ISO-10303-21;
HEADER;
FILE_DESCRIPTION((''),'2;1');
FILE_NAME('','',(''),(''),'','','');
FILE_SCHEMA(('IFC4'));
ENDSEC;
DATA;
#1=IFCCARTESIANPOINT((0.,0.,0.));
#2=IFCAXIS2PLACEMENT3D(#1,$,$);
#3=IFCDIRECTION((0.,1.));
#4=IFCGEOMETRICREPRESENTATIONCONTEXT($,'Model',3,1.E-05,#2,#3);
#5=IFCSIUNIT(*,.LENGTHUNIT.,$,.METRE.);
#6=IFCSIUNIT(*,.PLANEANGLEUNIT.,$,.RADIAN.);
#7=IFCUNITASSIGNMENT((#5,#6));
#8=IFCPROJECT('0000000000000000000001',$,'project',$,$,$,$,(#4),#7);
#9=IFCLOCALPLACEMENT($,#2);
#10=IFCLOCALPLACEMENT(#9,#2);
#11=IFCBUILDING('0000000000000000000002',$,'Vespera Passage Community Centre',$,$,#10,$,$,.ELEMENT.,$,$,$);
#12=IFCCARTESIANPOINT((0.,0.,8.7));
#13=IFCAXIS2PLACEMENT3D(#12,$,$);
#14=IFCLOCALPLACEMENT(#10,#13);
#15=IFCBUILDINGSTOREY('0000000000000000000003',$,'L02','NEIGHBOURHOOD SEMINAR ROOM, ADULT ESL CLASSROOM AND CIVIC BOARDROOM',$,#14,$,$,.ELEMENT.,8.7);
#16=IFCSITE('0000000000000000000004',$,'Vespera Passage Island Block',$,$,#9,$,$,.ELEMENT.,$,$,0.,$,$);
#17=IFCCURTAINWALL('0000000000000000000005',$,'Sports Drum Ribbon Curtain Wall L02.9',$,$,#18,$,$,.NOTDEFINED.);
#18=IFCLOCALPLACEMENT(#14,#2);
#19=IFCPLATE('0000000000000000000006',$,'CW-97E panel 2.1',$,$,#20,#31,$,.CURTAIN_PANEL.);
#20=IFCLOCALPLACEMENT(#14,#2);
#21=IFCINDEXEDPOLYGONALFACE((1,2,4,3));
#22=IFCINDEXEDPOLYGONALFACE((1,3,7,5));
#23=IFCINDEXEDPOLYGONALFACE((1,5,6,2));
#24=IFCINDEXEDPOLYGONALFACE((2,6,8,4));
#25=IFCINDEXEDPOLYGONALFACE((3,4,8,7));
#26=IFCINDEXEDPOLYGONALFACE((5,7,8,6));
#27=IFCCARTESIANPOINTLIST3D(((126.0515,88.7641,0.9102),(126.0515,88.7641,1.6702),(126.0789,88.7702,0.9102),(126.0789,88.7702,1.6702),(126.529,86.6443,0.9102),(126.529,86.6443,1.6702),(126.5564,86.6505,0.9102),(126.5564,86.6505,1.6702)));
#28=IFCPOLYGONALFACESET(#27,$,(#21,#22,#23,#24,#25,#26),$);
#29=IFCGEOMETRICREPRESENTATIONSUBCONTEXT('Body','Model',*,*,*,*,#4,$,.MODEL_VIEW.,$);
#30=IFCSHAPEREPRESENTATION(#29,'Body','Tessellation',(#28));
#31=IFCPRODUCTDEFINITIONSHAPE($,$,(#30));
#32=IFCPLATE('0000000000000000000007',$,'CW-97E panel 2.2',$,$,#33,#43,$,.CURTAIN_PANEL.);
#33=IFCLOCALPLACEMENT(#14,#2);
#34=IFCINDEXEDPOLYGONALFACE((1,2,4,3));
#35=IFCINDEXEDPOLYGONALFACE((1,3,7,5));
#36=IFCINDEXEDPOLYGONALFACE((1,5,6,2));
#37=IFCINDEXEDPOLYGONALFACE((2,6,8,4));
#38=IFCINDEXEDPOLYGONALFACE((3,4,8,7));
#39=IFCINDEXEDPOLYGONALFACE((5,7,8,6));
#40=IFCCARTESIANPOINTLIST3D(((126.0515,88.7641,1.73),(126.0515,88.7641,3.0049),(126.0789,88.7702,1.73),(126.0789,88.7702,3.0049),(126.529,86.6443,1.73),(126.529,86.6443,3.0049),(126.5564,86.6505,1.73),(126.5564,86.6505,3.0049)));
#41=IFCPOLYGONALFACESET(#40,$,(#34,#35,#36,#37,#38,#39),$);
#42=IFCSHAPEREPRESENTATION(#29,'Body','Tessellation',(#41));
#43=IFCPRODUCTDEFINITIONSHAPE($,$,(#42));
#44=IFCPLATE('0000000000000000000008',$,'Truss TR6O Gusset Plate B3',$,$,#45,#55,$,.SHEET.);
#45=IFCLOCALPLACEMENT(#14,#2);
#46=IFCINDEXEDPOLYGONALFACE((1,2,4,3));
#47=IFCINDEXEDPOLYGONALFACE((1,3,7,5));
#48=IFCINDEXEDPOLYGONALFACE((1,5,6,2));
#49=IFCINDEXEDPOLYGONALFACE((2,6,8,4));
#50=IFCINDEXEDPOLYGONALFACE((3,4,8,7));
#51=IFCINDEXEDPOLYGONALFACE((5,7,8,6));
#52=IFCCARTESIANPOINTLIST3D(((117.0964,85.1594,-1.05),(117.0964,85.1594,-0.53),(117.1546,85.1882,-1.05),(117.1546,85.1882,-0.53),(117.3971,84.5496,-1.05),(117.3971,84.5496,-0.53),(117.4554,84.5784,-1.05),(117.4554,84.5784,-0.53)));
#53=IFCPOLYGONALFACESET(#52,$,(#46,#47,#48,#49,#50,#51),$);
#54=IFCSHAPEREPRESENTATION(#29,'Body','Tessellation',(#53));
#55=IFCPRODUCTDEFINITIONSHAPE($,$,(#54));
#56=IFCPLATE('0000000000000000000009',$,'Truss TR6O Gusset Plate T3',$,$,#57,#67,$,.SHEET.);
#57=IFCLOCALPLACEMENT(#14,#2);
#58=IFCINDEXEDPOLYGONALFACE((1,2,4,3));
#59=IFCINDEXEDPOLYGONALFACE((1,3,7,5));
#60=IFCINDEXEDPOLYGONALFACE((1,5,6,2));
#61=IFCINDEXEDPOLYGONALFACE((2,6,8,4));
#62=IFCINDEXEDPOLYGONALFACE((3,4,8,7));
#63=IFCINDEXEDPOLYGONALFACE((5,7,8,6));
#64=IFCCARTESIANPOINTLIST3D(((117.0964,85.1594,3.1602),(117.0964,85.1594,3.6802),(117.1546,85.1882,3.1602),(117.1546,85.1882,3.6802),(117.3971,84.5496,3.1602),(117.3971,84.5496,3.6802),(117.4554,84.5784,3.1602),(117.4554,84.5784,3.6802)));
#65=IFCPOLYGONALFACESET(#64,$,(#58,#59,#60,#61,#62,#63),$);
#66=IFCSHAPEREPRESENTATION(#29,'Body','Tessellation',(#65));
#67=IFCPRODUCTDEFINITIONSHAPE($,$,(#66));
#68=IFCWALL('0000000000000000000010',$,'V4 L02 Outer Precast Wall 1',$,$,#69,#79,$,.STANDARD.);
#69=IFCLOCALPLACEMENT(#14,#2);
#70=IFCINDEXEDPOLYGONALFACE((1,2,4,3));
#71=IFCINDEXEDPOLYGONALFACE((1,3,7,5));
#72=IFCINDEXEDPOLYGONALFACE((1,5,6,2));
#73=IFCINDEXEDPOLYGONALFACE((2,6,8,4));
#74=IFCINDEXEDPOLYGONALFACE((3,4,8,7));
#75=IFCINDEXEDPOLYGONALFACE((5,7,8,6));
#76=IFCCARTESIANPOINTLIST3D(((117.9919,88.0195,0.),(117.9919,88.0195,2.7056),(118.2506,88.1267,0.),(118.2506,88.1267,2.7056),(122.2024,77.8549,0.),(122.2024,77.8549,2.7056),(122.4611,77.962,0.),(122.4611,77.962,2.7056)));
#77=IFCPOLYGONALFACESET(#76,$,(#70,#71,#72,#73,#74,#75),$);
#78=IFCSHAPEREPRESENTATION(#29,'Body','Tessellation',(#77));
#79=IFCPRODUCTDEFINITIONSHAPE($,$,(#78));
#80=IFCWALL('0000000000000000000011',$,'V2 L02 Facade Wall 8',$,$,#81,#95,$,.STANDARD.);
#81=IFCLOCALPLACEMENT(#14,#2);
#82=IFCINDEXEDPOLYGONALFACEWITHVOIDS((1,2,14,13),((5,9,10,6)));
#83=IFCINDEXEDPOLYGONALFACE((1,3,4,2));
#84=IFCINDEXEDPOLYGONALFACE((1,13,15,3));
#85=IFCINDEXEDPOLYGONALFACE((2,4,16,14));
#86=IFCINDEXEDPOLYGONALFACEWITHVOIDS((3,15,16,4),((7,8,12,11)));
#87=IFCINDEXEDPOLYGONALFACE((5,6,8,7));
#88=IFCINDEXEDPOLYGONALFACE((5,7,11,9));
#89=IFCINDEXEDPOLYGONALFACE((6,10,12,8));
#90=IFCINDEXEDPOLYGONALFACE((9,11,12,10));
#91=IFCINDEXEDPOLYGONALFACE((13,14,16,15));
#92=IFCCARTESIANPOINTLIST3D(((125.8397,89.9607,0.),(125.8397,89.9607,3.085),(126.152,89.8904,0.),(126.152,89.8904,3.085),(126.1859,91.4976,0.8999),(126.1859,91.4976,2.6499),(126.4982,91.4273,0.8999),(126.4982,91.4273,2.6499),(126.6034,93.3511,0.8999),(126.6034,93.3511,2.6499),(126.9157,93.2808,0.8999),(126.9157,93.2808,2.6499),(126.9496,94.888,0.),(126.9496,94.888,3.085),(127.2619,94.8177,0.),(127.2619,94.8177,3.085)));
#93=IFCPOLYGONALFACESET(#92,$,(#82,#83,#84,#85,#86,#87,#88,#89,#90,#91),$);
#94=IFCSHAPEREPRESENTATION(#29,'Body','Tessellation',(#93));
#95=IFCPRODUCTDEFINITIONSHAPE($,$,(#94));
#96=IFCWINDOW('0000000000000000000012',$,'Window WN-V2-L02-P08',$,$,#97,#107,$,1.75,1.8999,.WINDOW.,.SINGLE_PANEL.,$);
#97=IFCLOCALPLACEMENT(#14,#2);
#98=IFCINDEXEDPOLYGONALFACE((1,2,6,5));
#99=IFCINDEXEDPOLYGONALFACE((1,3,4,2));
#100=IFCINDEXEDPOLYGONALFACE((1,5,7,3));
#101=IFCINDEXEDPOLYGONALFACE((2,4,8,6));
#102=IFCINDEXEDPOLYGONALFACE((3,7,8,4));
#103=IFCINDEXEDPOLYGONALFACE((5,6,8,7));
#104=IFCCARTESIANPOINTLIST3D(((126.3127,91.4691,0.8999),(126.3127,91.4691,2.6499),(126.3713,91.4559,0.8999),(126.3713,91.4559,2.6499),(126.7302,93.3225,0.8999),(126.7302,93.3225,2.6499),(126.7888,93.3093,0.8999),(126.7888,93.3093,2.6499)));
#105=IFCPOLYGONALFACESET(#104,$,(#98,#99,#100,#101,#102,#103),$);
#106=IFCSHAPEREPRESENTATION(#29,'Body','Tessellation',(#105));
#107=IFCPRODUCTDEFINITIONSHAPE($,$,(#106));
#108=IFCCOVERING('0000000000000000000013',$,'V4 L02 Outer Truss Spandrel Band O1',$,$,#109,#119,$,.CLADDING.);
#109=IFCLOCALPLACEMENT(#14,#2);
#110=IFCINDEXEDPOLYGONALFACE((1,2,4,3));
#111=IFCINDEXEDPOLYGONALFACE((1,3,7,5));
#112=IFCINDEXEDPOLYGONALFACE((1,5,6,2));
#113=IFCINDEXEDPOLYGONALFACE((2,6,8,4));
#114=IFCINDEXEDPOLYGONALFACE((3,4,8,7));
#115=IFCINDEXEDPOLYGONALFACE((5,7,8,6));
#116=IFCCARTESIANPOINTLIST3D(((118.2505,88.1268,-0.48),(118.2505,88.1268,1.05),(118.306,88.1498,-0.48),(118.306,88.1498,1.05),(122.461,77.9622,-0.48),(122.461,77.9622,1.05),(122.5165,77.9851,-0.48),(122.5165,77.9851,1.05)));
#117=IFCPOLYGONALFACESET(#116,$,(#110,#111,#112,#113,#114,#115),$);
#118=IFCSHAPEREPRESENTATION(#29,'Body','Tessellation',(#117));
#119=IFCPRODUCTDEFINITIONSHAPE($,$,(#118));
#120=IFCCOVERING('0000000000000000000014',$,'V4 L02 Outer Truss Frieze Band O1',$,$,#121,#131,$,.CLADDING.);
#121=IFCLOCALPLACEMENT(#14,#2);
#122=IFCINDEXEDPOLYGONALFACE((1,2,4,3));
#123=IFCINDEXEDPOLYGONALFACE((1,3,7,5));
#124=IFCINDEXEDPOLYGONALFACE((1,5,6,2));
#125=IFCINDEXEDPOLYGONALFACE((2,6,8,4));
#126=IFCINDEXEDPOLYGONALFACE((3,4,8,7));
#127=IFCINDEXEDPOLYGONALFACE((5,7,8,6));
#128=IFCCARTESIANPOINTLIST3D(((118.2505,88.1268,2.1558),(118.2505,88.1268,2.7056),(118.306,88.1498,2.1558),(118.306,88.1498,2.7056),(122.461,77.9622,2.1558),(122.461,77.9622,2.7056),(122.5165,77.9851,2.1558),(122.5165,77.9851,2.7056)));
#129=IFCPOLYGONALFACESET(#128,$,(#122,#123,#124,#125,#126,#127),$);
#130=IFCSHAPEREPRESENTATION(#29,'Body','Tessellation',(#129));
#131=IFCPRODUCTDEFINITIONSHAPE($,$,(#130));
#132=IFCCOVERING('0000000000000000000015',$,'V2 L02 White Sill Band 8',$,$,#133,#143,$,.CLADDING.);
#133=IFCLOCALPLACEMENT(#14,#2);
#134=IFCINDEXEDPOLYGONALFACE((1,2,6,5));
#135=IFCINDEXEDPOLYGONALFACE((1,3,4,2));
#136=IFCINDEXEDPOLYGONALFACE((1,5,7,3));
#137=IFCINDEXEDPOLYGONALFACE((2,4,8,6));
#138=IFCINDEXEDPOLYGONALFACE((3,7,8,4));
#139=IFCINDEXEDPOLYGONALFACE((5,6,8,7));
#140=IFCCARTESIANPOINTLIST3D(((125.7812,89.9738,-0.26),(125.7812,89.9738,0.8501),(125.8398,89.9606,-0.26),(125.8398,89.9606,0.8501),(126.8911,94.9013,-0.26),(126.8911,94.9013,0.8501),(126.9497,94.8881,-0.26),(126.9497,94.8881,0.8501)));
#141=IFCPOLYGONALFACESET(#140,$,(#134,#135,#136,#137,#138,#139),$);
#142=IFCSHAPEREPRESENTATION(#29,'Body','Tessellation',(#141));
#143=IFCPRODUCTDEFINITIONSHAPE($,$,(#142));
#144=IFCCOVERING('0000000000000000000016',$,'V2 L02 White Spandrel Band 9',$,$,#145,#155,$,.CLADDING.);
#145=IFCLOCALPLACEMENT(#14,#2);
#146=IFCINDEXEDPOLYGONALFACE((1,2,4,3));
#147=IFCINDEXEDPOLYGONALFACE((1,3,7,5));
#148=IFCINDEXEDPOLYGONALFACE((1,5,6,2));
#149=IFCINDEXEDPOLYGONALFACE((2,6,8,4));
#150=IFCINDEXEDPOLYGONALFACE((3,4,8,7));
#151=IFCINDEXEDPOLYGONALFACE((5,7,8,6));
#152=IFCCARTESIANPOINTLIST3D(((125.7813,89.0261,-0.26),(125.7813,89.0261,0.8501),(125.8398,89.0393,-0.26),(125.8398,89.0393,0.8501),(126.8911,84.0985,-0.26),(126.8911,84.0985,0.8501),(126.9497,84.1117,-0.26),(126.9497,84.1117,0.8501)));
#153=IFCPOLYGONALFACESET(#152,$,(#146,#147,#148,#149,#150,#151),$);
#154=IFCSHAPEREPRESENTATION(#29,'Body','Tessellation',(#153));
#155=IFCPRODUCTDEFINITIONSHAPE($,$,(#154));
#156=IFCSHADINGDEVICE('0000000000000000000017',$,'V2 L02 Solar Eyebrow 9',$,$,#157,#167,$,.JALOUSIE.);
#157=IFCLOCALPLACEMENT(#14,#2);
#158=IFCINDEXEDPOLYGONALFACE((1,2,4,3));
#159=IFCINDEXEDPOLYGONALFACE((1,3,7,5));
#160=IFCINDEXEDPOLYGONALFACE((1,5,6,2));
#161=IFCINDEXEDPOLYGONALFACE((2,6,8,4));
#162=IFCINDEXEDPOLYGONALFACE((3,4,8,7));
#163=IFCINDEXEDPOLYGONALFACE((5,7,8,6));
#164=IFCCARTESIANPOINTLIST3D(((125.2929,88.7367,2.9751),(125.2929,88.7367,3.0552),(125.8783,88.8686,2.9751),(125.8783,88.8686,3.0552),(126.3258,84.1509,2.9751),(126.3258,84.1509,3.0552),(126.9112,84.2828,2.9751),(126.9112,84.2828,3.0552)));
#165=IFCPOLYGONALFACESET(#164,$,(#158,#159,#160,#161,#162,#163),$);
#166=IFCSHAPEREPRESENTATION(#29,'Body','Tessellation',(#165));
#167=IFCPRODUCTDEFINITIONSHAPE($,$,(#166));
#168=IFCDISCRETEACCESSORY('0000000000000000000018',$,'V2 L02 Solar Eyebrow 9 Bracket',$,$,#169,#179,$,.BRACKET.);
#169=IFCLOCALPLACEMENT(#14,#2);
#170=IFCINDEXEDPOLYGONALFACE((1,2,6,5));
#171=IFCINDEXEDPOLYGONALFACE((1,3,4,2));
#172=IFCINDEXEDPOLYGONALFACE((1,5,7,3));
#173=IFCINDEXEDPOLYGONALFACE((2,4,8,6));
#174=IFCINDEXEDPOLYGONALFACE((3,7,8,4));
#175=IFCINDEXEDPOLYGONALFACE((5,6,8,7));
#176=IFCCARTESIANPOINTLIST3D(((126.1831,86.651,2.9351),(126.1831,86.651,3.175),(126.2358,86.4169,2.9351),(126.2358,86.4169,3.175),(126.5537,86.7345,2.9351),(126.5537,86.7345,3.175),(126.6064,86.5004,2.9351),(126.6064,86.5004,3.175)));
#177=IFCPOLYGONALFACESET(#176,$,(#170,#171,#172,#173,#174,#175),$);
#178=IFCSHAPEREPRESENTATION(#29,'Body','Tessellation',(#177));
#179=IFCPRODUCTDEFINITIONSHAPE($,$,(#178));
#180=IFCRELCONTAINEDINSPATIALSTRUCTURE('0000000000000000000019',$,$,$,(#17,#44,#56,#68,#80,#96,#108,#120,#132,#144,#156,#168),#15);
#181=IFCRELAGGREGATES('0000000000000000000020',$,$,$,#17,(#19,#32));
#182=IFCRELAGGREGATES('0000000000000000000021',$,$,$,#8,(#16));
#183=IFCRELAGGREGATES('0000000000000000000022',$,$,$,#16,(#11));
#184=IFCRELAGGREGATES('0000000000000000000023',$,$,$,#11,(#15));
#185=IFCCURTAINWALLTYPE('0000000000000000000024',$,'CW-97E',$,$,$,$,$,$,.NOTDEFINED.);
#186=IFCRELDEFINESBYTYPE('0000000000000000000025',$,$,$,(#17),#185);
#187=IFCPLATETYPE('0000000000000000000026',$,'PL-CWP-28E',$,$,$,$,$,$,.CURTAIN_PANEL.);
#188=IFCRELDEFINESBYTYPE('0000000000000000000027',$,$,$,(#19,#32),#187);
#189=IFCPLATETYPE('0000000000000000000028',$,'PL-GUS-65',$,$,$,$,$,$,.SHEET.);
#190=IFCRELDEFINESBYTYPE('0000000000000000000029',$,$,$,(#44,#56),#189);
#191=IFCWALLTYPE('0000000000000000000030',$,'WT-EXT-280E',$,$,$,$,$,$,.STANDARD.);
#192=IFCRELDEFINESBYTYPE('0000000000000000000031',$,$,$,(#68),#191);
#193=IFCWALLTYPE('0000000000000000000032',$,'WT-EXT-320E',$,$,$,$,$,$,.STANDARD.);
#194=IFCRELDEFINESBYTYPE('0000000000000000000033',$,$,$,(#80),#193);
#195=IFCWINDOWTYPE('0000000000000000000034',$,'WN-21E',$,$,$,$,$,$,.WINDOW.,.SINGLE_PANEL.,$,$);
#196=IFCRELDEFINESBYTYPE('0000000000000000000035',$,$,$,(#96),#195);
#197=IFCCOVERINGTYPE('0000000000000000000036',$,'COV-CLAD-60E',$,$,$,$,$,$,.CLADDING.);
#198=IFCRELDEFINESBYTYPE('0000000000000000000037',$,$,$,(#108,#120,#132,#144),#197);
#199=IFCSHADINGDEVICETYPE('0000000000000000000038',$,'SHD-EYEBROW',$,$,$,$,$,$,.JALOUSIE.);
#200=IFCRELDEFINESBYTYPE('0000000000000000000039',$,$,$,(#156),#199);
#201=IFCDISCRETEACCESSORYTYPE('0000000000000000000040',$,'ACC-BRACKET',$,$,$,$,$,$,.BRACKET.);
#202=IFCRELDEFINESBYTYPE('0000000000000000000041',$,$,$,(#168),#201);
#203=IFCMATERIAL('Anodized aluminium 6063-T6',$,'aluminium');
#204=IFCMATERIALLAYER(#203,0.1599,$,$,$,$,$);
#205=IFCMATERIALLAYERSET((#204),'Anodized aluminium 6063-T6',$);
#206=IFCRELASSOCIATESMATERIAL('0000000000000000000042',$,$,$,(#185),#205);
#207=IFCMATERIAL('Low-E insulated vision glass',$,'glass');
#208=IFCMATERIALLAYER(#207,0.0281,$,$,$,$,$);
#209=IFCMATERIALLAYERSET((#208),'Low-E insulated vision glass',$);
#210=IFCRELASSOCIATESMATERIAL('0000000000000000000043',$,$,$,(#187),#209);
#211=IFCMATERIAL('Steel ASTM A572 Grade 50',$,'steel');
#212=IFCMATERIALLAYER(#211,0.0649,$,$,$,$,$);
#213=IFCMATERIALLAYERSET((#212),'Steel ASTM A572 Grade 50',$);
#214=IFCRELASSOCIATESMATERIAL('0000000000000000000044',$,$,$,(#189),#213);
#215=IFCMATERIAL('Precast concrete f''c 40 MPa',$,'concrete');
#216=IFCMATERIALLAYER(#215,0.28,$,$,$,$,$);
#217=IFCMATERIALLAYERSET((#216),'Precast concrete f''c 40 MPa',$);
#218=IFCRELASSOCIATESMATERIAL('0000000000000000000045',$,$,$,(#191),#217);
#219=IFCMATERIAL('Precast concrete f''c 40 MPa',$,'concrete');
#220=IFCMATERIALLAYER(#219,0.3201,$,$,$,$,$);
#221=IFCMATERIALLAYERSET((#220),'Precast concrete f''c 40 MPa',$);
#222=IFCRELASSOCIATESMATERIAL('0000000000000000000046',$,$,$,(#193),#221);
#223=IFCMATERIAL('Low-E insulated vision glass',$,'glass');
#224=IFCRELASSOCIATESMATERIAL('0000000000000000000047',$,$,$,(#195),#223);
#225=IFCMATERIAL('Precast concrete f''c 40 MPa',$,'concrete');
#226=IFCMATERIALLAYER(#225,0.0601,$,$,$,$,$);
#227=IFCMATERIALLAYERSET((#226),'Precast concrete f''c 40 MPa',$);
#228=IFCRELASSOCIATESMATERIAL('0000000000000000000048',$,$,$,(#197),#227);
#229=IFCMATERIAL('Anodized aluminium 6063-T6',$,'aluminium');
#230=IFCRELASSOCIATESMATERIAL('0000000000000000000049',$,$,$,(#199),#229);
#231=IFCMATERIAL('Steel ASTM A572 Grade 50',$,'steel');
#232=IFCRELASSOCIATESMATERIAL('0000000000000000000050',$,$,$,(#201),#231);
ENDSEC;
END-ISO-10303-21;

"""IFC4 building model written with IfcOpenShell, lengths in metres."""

from ifc_helpers import new_model, si_unit, direction, frame, frame_2d, origin, origin_2d, place, context, subcontext, project, spatial, rectangle, extrude, material, layer, layer_set, type_object, element, fill, aggregate, save


model = new_model("IFC4")

# Units and contexts
model_context = context("Model", 3, precision=1e-05, world=origin(), true_north=direction((0.0, 1.0)))
body_context = subcontext(model_context, "Body", "Model", "MODEL_VIEW")
ifc_project = project(units=[si_unit("LENGTHUNIT", "METRE"), si_unit("PLANEANGLEUNIT", "RADIAN")], contexts=[model_context])

# Site, building, storey
site_placement = place(None, origin())
site = spatial("IfcSite", under=ifc_project, at=site_placement, Name="Vespera Passage Island Block", CompositionType="ELEMENT", RefElevation=0.0)
building_placement = place(site_placement, origin())
building = spatial("IfcBuilding", under=site, at=building_placement, Name="Vespera Passage Community Centre", CompositionType="ELEMENT")
storey_placement = place(building_placement, frame((0.0, 0.0, 8.7)))
storey = spatial("IfcBuildingStorey", under=building, at=storey_placement, Name="L02", Description="NEIGHBOURHOOD SEMINAR ROOM, ADULT ESL CLASSROOM AND CIVIC BOARDROOM", CompositionType="ELEMENT", Elevation=8.7)

# Curtain wall
ifc_material_1 = material(Name="Anodized aluminium 6063-T6", Category="aluminium")
ifc_layer_1 = layer(ifc_material_1, 0.1599)
ifc_layer_set_1 = layer_set([ifc_layer_1], Name="Anodized aluminium 6063-T6")
curtain_wall_type = type_object("IfcCurtainWallType", Name="CW-97E", PredefinedType="NOTDEFINED", material=ifc_layer_set_1)
curtain_wall_placement = place(storey_placement, origin())
curtain_wall = element("IfcCurtainWall", 1, at=curtain_wall_placement, inside=storey, type_object=curtain_wall_type, Name="Sports Drum Ribbon Curtain Wall L02.9", PredefinedType="NOTDEFINED")

# Plates
ifc_material_2 = material(Name="Low-E insulated vision glass", Category="glass")
ifc_layer_2 = layer(ifc_material_2, 0.0281)
ifc_layer_set_2 = layer_set([ifc_layer_2], Name="Low-E insulated vision glass")
plate_type_1 = type_object("IfcPlateType", Name="PL-CWP-28E", PredefinedType="CURTAIN_PANEL", material=ifc_layer_set_2)
plate_1_placement = place(storey_placement, frame((126.304, 87.7073, 0.9102), z_axis=(0.0, 0.0, 1.0), x_axis=(-0.219763, 0.975553, 0.0)))
plate_1 = element("IfcPlate", 2, at=plate_1_placement, type_object=plate_type_1, Name="CW-97E panel 2.1", PredefinedType="CURTAIN_PANEL", context=body_context, shape_type="SweptSolid", body=[
    extrude(rectangle(XDim=2.1729, YDim=0.0281, at=origin_2d()), origin(), (0.0, 0.0, 1.0), 0.76),
])
plate_2_placement = place(storey_placement, frame((126.304, 87.7073, 1.73), z_axis=(0.0, 0.0, 1.0), x_axis=(-0.219763, 0.975553, 0.0)))
plate_2 = element("IfcPlate", 3, at=plate_2_placement, type_object=plate_type_1, Name="CW-97E panel 2.2", PredefinedType="CURTAIN_PANEL", context=body_context, shape_type="SweptSolid", body=[
    extrude(rectangle(XDim=2.1729, YDim=0.0281, at=origin_2d()), origin(), (0.0, 0.0, 1.0), 1.2749),
])
aggregate(curtain_wall, [plate_1, plate_2])

# Plates
ifc_material_3 = material(Name="Steel ASTM A572 Grade 50", Category="steel")
ifc_layer_3 = layer(ifc_material_3, 0.0649)
ifc_layer_set_3 = layer_set([ifc_layer_3], Name="Steel ASTM A572 Grade 50")
plate_type_2 = type_object("IfcPlateType", Name="PL-GUS-65", PredefinedType="SHEET", material=ifc_layer_set_3)
for number, where, z_axis, x_axis, name in (
    (4, (117.2759, 84.8689, -1.05), (0.0, 0.0, 1.0), (-0.442289, 0.896873, 0.0), "Truss TR6O Gusset Plate B3"),
    (5, (117.2759, 84.8689, 3.1602), (0.0, 0.0, 1.0), (-0.442289, 0.896873, 0.0), "Truss TR6O Gusset Plate T3"),
):
    element("IfcPlate", number, at=place(storey_placement, frame(where, z_axis=z_axis, x_axis=x_axis)), inside=storey, type_object=plate_type_2, Name=name, PredefinedType="SHEET", context=body_context, shape_type="SweptSolid", body=[
        extrude(rectangle(XDim=0.6799, YDim=0.0649, at=origin_2d()), origin(), (0.0, 0.0, 1.0), 0.52),
    ])

# Wall
ifc_material_4 = material(Name="Precast concrete f'c 40 MPa", Category="concrete")
ifc_layer_4 = layer(ifc_material_4, 0.28)
ifc_layer_set_4 = layer_set([ifc_layer_4], Name="Precast concrete f'c 40 MPa")
wall_type_1 = type_object("IfcWallType", Name="WT-EXT-280E", PredefinedType="STANDARD", material=ifc_layer_set_4)
wall_1_placement = place(storey_placement, frame((118.1213, 88.073, 0.0), z_axis=(0.0, 0.0, 1.0), x_axis=(0.382695, -0.923875, 0.0)))
element("IfcWall", 6, at=wall_1_placement, inside=storey, type_object=wall_type_1, Name="V4 L02 Outer Precast Wall 1", PredefinedType="STANDARD", context=body_context, shape_type="SweptSolid", body=[
    extrude(rectangle(XDim=11.0022, YDim=0.28, at=frame_2d((5.501, 0.0))), origin(), (0.0, 0.0, 1.0), 2.7056),
])

# Wall, opening, window
ifc_material_5 = material(Name="Precast concrete f'c 40 MPa", Category="concrete")
ifc_layer_5 = layer(ifc_material_5, 0.3201)
ifc_layer_set_5 = layer_set([ifc_layer_5], Name="Precast concrete f'c 40 MPa")
wall_type_2 = type_object("IfcWallType", Name="WT-EXT-320E", PredefinedType="STANDARD", material=ifc_layer_set_5)
wall_2_placement = place(storey_placement, frame((125.9958, 89.9255, 0.0), z_axis=(0.0, 0.0, 1.0), x_axis=(0.219745, 0.975557, 0.0)))
wall_2 = element("IfcWall", 7, at=wall_2_placement, inside=storey, type_object=wall_type_2, Name="V2 L02 Facade Wall 8", PredefinedType="STANDARD", context=body_context, shape_type="SweptSolid", body=[
    extrude(rectangle(XDim=5.0508, YDim=0.3201, at=frame_2d((2.5254, 0.0))), origin(), (0.0, 0.0, 1.0), 3.085),
])
opening_placement = place(wall_2_placement, frame((1.5754, 0.0, 0.8999)))
opening = element("IfcOpeningElement", 8, at=opening_placement, cuts=wall_2, PredefinedType="OPENING", context=body_context, shape_type="SweptSolid", body=[
    extrude(rectangle(XDim=1.8999, YDim=1.75, at=frame_2d((0.95, 0.875))), frame((0.0, 0.1702, 0.0), z_axis=(0.0, -1.0, 0.0), x_axis=(1.0, 0.0, 0.0)), (0.0, 0.0, 1.0), 0.3401),
])
ifc_material_6 = material(Name="Low-E insulated vision glass", Category="glass")
window_type = type_object("IfcWindowType", Name="WN-21E", PartitioningType="SINGLE_PANEL", PredefinedType="WINDOW", material=ifc_material_6)
window_placement = place(opening_placement, origin())
window = element("IfcWindow", 9, at=window_placement, inside=storey, type_object=window_type, Name="Window WN-V2-L02-P08", OverallHeight=1.75, OverallWidth=1.8999, PartitioningType="SINGLE_PANEL", PredefinedType="WINDOW", context=body_context, shape_type="SweptSolid", body=[
    extrude(rectangle(XDim=1.8999, YDim=1.75, at=frame_2d((0.95, 0.875))), frame((0.0, 0.03, 0.0), z_axis=(0.0, -1.0, 0.0), x_axis=(1.0, 0.0, 0.0)), (0.0, 0.0, 1.0), 0.0601),
])
fill(opening, window)

# Coverings
ifc_material_7 = material(Name="Precast concrete f'c 40 MPa", Category="concrete")
ifc_layer_6 = layer(ifc_material_7, 0.0601)
ifc_layer_set_6 = layer_set([ifc_layer_6], Name="Precast concrete f'c 40 MPa")
covering_type = type_object("IfcCoveringType", Name="COV-CLAD-60E", PredefinedType="CLADDING", material=ifc_layer_set_6)
covering_1_placement = place(storey_placement, frame((118.2783, 88.1382, -0.48), z_axis=(0.0, 0.0, 1.0), x_axis=(0.382695, -0.923875, 0.0)))
element("IfcCovering", 10, at=covering_1_placement, inside=storey, type_object=covering_type, Name="V4 L02 Outer Truss Spandrel Band O1", PredefinedType="CLADDING", context=body_context, shape_type="SweptSolid", body=[
    extrude(rectangle(XDim=11.0022, YDim=0.0601, at=frame_2d((5.501, 0.0))), origin(), (0.0, 0.0, 1.0), 1.53),
])
covering_2_placement = place(storey_placement, frame((118.2783, 88.1382, 2.1558), z_axis=(0.0, 0.0, 1.0), x_axis=(0.382695, -0.923875, 0.0)))
element("IfcCovering", 11, at=covering_2_placement, inside=storey, type_object=covering_type, Name="V4 L02 Outer Truss Frieze Band O1", PredefinedType="CLADDING", context=body_context, shape_type="SweptSolid", body=[
    extrude(rectangle(XDim=11.0022, YDim=0.0601, at=frame_2d((5.501, 0.0))), origin(), (0.0, 0.0, 1.0), 0.5498),
])
for number, where, z_axis, x_axis, name in (
    (12, (125.8105, 89.9673, -0.26), (0.0, 0.0, 1.0), (0.219734, 0.97556, 0.0), "V2 L02 White Sill Band 8"),
    (13, (126.9204, 84.1052, -0.26), (0.0, 0.0, 1.0), (-0.219734, 0.97556, 0.0), "V2 L02 White Spandrel Band 9"),
):
    element("IfcCovering", number, at=place(storey_placement, frame(where, z_axis=z_axis, x_axis=x_axis)), inside=storey, type_object=covering_type, Name=name, PredefinedType="CLADDING", context=body_context, shape_type="SweptSolid", body=[
        extrude(rectangle(XDim=5.051, YDim=0.0601, at=frame_2d((2.5254, 0.0))), origin(), (0.0, 0.0, 1.0), 1.1101),
    ])

# Shading device
ifc_material_8 = material(Name="Anodized aluminium 6063-T6", Category="aluminium")
shading_device_type = type_object("IfcShadingDeviceType", Name="SHD-EYEBROW", PredefinedType="JALOUSIE", material=ifc_material_8)
shading_device_placement = place(storey_placement, frame((126.1021, 86.5098, 2.9751), z_axis=(0.0, 0.0, 1.0), x_axis=(-0.219744, 0.975558, 0.0)))
element("IfcShadingDevice", 14, at=shading_device_placement, inside=storey, type_object=shading_device_type, Name="V2 L02 Solar Eyebrow 9", PredefinedType="JALOUSIE", context=body_context, shape_type="SweptSolid", body=[
    extrude(rectangle(XDim=4.7007, YDim=0.6001, at=origin_2d()), origin(), (0.0, 0.0, 1.0), 0.0801),
])

# Discrete accessory
ifc_material_9 = material(Name="Steel ASTM A572 Grade 50", Category="steel")
discrete_accessory_type = type_object("IfcDiscreteAccessoryType", Name="ACC-BRACKET", PredefinedType="BRACKET", material=ifc_material_9)
discrete_accessory_placement = place(storey_placement, frame((126.3948, 86.5757, 2.9351), z_axis=(0.0, 0.0, 1.0), x_axis=(-0.219744, 0.975558, 0.0)))
element("IfcDiscreteAccessory", 15, at=discrete_accessory_placement, inside=storey, type_object=discrete_accessory_type, Name="V2 L02 Solar Eyebrow 9 Bracket", PredefinedType="BRACKET", context=body_context, shape_type="SweptSolid", body=[
    extrude(rectangle(XDim=0.24, YDim=0.3799, at=origin_2d()), origin(), (0.0, 0.0, 1.0), 0.24),
])

save(model, "model.ifc")
